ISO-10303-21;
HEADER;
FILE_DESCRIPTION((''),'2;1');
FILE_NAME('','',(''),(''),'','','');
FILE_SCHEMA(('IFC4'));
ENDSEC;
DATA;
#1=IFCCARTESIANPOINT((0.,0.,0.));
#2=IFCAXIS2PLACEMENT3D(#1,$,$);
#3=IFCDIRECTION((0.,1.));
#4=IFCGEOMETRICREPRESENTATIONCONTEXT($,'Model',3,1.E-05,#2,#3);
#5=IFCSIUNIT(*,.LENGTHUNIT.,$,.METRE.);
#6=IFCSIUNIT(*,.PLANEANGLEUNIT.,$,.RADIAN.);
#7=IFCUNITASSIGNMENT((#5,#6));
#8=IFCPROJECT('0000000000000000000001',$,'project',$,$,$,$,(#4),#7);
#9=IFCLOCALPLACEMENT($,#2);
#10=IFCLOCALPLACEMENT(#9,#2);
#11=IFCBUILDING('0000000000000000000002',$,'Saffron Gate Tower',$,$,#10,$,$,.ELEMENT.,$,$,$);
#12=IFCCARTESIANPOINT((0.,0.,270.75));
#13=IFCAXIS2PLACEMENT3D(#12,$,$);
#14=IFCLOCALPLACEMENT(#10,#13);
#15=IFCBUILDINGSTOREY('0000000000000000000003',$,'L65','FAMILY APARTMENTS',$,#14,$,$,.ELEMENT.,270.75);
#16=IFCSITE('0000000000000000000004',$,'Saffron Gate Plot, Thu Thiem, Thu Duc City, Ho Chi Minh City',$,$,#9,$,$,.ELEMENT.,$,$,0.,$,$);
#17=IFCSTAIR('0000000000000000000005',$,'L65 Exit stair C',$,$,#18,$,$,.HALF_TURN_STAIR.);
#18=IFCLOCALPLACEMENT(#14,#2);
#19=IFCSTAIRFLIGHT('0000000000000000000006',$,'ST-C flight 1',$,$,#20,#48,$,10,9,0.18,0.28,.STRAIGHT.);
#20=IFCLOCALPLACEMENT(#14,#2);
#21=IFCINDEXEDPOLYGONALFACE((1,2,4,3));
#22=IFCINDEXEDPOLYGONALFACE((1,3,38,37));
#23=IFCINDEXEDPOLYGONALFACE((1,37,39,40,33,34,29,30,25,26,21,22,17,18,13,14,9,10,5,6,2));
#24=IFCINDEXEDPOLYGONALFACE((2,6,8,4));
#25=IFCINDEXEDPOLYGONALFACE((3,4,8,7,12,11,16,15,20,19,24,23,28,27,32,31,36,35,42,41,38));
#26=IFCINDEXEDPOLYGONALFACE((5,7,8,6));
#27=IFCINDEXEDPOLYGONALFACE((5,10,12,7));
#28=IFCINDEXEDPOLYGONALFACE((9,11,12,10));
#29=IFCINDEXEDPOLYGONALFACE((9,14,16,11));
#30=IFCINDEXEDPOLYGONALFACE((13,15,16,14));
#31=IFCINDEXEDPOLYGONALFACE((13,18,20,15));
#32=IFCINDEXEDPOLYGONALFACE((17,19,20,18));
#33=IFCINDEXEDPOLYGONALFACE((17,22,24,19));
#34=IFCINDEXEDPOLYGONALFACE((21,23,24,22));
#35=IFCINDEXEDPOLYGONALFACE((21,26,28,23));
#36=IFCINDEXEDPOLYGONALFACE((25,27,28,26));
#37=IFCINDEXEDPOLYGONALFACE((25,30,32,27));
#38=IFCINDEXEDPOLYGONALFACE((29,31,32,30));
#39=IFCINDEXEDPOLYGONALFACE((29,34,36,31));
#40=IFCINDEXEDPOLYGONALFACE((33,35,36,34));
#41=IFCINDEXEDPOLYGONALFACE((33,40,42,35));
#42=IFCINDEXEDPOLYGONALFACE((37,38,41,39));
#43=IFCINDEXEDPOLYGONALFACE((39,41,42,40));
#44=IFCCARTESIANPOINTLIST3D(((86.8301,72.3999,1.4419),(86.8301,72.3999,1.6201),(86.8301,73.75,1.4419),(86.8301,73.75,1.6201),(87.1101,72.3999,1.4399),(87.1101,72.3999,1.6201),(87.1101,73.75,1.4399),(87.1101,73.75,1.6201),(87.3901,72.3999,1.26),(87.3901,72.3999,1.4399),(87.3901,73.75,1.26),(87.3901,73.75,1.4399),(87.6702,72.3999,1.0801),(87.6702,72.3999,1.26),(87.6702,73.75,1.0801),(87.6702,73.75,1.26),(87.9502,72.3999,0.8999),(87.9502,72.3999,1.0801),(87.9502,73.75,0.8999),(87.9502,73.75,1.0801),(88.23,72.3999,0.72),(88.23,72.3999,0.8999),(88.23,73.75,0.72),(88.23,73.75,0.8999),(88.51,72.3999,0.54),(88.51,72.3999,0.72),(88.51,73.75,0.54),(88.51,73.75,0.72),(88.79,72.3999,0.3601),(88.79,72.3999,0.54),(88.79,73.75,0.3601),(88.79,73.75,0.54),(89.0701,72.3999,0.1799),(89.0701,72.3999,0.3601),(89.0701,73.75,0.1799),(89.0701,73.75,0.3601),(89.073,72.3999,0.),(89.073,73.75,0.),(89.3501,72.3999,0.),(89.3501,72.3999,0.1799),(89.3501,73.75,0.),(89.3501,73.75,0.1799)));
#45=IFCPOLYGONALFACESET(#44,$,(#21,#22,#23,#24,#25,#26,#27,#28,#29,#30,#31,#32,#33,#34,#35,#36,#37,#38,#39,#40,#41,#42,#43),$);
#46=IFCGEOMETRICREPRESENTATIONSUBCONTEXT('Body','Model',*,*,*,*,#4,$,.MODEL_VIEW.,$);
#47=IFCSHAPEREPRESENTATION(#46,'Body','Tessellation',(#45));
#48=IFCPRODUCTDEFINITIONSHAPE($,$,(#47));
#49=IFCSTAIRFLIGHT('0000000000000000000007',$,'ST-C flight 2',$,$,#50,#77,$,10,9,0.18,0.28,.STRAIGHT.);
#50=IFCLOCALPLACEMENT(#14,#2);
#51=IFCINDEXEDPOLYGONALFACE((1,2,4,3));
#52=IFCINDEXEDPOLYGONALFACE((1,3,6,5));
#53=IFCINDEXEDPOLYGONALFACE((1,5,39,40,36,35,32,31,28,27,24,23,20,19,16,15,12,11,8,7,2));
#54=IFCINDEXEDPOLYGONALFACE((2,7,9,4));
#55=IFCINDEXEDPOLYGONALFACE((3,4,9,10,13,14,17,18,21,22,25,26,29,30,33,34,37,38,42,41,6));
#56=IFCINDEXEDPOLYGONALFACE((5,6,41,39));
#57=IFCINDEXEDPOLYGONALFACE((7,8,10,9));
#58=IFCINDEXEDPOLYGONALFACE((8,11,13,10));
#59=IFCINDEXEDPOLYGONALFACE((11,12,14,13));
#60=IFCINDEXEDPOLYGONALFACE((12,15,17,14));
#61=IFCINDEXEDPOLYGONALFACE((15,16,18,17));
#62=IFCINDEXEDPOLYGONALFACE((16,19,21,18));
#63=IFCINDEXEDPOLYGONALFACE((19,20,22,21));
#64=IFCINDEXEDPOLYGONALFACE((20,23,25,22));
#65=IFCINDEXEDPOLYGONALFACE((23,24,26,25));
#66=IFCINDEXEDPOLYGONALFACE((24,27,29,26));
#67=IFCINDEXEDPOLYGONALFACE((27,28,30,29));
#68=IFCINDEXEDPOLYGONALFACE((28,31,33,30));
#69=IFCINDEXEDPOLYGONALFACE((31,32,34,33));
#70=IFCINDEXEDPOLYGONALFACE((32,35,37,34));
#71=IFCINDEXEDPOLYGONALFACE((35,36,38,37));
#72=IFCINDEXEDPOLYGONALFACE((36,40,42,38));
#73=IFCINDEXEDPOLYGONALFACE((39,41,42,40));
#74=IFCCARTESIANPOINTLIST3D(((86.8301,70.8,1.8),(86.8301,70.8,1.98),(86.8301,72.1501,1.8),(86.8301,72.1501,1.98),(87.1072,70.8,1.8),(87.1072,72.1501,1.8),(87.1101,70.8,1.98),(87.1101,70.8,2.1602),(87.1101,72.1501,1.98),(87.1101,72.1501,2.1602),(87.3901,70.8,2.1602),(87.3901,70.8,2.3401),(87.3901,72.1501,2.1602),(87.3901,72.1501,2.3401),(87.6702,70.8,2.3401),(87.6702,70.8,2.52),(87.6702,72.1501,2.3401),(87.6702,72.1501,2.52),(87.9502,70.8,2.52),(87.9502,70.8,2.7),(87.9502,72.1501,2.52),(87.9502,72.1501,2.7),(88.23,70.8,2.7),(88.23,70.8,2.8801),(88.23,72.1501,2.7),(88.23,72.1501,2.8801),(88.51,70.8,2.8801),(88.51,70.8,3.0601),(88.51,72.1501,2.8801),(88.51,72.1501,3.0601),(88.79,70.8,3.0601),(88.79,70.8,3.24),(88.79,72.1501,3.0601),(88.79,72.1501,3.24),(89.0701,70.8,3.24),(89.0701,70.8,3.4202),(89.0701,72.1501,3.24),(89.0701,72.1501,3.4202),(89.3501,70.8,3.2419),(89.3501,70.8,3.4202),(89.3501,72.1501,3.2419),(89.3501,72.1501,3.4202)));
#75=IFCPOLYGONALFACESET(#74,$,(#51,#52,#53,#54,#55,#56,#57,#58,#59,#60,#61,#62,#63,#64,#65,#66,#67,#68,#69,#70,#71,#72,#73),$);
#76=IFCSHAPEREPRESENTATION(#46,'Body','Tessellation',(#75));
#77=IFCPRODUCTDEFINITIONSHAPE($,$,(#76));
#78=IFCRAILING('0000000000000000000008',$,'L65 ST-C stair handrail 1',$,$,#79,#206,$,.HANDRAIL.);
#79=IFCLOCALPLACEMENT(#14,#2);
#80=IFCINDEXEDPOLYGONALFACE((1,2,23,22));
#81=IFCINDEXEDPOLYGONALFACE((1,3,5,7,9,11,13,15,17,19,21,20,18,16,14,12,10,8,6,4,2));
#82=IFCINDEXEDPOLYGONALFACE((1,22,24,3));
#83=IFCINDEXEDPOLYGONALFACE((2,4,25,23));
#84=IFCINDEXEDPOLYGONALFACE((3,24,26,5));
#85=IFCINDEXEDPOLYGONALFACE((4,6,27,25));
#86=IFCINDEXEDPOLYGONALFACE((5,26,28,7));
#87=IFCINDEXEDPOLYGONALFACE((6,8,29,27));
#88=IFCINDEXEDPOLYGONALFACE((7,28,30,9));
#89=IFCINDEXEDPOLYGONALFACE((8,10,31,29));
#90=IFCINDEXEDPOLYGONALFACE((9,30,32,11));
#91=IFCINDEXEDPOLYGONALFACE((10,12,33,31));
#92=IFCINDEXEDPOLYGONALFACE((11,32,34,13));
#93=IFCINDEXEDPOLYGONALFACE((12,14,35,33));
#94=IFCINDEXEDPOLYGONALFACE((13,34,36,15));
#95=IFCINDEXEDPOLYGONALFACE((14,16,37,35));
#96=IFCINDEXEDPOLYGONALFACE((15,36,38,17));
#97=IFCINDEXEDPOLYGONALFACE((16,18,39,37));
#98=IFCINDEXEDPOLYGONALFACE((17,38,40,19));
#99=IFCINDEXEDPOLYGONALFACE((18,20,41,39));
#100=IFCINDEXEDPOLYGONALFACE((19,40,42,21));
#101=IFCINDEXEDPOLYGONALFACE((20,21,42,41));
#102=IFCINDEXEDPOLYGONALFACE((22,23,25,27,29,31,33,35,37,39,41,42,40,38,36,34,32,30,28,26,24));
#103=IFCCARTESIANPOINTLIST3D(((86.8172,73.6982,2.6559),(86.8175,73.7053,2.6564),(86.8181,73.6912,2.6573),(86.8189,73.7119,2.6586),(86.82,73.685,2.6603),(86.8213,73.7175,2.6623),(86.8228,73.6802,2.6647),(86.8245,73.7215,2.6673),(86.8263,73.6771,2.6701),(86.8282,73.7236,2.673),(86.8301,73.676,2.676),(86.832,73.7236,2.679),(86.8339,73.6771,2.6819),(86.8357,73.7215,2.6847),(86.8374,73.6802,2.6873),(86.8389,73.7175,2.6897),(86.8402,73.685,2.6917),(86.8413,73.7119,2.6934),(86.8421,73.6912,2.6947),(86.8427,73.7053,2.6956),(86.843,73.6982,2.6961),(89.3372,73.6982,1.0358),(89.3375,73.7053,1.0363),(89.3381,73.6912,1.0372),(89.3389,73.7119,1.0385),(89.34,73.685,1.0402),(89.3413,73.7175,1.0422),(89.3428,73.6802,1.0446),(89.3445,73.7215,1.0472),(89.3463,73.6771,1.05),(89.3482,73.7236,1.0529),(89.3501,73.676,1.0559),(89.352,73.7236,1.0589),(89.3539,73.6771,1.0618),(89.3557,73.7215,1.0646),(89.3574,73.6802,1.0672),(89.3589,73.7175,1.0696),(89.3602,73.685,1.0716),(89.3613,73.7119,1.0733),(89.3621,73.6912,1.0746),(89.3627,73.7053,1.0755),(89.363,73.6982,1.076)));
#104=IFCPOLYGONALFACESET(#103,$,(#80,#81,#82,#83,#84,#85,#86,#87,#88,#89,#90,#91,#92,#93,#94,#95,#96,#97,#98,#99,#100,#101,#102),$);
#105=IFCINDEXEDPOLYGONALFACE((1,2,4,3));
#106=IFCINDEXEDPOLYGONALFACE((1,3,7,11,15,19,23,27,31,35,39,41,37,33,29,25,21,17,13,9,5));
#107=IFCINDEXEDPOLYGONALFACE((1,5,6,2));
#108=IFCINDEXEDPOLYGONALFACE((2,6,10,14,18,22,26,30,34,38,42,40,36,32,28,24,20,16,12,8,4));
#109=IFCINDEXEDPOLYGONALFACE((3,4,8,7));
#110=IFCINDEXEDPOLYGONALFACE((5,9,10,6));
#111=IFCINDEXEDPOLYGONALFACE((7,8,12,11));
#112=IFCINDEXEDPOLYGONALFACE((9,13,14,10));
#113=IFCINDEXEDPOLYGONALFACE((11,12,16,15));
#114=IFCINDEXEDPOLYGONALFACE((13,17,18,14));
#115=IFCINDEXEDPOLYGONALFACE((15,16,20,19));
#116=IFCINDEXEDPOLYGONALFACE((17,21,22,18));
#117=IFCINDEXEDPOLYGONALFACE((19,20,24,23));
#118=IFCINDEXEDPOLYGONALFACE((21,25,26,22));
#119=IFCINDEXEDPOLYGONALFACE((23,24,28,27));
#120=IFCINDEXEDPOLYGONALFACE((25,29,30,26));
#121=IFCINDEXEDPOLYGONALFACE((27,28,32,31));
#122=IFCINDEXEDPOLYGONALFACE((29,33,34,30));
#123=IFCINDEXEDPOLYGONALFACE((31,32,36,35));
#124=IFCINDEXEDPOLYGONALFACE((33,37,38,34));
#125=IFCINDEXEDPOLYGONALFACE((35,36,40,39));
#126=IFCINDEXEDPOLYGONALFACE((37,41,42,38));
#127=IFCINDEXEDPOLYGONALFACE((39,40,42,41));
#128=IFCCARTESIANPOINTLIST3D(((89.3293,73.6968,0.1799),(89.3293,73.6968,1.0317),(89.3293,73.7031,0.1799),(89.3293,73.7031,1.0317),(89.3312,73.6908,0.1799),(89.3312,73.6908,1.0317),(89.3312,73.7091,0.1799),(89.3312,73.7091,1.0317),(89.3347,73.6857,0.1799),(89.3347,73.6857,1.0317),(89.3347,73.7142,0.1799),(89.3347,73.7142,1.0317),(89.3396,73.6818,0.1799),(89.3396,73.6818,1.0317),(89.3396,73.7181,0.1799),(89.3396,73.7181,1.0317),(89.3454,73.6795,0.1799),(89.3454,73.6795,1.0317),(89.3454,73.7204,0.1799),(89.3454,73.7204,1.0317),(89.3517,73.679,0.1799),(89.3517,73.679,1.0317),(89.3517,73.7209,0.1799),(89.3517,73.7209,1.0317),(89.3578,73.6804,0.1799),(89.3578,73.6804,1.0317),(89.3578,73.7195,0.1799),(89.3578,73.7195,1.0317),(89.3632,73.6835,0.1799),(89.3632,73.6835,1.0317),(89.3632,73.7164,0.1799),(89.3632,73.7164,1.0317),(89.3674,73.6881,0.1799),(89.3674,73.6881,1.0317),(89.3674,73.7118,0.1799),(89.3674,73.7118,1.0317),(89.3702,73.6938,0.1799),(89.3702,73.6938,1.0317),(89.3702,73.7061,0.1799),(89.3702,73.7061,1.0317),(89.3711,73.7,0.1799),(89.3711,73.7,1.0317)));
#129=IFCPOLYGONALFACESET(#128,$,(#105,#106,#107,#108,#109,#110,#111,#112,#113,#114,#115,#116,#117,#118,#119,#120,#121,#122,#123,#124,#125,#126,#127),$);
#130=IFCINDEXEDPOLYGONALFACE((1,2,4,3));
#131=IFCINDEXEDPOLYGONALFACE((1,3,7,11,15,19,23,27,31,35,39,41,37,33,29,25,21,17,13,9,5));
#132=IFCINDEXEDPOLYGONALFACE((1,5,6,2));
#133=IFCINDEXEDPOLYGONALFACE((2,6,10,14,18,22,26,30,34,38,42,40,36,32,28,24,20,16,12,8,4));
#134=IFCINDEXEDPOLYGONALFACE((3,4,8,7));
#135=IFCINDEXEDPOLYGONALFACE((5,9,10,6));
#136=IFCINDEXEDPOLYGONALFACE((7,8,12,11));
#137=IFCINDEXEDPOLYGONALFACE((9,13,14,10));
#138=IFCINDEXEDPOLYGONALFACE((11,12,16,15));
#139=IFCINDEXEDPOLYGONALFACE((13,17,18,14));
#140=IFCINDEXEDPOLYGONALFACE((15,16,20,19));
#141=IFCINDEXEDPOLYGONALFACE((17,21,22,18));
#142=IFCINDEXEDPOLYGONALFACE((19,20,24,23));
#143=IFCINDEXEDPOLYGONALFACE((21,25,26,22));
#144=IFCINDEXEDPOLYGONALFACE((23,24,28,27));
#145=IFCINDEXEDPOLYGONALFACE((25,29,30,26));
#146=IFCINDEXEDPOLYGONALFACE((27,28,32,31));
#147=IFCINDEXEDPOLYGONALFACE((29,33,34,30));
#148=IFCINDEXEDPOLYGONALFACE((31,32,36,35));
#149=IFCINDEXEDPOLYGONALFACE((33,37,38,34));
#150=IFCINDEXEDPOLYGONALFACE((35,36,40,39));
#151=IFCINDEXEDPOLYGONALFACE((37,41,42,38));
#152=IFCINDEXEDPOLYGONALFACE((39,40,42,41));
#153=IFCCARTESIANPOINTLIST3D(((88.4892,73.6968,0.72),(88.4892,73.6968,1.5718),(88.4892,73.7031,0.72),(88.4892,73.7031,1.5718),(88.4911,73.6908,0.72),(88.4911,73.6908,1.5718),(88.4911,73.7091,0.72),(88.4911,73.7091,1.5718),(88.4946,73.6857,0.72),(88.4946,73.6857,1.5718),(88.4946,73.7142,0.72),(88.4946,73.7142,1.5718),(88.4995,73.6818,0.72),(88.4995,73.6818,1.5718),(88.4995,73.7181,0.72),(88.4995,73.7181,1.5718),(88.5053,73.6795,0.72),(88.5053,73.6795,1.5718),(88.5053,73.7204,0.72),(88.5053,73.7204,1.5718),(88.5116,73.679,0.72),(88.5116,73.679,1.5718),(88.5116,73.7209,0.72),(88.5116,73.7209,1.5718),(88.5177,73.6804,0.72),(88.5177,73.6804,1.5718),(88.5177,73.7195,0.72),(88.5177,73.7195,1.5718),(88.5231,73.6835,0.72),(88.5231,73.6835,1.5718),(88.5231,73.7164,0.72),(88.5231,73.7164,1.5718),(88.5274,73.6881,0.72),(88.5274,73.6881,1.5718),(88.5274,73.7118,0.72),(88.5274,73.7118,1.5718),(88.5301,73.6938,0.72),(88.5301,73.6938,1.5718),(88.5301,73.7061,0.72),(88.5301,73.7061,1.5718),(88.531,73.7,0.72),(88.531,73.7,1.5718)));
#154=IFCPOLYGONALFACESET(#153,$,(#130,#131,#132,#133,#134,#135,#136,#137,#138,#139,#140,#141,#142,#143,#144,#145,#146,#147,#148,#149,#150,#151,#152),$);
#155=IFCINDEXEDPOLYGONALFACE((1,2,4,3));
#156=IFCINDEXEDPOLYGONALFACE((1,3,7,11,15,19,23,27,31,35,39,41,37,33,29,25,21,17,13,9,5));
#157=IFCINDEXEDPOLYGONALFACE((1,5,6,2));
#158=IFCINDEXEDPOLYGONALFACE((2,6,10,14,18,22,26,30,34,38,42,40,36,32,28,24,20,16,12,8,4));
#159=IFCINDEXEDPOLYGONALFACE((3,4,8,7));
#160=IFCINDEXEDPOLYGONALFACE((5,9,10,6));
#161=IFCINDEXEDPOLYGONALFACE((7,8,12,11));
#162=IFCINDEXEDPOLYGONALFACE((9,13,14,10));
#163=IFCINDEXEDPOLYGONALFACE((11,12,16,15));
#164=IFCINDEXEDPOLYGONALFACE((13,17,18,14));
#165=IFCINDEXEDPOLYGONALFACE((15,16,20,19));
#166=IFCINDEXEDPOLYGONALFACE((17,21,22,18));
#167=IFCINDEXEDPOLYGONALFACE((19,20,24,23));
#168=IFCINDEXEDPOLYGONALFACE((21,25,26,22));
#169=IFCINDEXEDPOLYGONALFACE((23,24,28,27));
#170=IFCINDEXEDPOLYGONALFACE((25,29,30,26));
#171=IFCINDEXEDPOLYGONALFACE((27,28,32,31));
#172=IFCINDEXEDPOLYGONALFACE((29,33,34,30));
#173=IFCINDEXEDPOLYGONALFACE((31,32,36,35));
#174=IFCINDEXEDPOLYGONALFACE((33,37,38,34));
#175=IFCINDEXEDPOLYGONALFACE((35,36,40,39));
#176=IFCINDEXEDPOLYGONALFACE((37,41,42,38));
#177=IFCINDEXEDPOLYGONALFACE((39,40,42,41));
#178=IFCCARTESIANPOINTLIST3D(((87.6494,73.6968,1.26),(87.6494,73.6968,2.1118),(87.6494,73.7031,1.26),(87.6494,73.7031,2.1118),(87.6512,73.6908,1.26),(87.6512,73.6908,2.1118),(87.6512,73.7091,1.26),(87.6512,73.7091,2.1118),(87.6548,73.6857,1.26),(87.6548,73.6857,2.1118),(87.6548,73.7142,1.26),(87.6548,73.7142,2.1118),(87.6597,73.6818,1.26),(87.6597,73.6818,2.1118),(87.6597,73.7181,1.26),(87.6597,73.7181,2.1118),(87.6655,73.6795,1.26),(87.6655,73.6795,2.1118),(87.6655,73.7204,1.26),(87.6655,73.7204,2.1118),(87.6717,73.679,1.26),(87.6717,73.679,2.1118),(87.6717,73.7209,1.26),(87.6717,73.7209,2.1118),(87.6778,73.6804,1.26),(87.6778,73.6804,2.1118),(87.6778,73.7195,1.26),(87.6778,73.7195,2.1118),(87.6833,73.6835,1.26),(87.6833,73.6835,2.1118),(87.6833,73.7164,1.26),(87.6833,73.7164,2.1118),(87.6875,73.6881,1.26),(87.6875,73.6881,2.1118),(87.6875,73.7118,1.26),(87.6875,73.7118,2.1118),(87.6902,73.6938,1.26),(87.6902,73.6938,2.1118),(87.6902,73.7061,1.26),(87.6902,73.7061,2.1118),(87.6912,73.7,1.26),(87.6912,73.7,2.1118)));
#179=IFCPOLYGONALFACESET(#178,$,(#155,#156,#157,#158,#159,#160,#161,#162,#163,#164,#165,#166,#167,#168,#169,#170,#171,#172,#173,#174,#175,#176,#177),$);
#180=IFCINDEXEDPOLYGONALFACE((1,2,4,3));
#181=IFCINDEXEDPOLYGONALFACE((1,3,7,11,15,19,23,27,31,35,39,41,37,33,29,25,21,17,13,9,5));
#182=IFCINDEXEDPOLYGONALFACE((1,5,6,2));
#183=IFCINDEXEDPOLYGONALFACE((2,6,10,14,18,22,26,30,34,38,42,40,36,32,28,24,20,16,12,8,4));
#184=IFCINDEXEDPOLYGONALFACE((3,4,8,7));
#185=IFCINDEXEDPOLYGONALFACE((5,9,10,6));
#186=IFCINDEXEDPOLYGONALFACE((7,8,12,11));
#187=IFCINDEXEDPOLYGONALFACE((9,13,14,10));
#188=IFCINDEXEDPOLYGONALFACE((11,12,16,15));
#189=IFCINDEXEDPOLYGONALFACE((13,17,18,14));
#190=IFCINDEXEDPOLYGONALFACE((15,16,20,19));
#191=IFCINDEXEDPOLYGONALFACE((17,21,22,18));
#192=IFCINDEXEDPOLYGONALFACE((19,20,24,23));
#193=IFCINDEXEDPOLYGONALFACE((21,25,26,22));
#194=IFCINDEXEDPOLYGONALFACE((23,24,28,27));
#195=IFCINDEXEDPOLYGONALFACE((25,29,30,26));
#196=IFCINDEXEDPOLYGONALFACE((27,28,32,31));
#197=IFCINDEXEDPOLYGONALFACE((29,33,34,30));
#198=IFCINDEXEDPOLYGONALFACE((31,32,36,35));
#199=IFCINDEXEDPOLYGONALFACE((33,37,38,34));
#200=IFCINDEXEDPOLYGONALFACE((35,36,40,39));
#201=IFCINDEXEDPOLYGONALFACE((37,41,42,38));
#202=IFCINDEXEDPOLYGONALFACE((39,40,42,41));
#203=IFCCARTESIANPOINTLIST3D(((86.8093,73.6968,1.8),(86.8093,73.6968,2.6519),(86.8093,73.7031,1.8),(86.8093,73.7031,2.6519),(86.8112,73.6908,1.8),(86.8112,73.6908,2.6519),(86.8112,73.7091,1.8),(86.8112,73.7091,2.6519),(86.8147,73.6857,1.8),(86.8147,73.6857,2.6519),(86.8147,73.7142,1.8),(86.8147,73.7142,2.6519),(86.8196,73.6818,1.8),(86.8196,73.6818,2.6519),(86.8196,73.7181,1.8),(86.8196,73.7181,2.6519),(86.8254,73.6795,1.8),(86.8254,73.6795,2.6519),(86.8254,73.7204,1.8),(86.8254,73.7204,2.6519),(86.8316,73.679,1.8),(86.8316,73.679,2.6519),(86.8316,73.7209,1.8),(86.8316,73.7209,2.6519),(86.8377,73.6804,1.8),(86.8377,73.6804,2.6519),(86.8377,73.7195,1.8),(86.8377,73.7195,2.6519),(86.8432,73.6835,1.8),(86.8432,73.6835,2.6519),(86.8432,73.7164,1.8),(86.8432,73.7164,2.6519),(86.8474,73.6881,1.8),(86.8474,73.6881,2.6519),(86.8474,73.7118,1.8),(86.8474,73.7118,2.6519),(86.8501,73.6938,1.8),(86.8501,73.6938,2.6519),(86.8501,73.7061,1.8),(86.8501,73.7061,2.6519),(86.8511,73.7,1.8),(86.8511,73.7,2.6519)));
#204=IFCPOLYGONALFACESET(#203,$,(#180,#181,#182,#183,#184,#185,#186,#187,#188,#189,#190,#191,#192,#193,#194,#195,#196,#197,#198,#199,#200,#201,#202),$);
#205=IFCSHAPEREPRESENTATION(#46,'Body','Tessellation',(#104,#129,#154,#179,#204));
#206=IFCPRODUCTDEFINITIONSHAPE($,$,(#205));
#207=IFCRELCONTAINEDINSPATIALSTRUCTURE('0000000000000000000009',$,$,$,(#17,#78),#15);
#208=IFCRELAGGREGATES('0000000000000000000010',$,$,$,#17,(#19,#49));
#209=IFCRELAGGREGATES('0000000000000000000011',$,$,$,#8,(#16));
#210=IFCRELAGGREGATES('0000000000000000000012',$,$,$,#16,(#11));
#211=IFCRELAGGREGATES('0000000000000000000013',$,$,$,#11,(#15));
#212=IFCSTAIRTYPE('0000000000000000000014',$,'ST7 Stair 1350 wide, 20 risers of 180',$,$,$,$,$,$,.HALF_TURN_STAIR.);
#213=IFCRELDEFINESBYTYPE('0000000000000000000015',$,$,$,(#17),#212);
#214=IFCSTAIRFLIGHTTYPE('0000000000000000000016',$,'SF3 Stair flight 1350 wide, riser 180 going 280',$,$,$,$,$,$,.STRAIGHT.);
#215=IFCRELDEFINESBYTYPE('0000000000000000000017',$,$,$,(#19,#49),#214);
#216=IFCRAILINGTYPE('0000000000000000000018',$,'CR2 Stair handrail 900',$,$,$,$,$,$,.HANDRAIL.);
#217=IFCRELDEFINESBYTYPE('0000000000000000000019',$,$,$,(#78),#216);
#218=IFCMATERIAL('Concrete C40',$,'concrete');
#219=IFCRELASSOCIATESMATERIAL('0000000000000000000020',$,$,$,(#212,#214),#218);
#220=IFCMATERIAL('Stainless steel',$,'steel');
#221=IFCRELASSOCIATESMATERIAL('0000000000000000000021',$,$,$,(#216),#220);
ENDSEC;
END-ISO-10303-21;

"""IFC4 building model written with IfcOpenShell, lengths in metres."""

from ifc_helpers import new_model, si_unit, direction, frame, origin, origin_2d, place, context, subcontext, project, spatial, polyline, circle, outline, extrude, material, type_object, element, aggregate, save


model = new_model("IFC4")

# Units and contexts
model_context = context("Model", 3, precision=1e-05, world=origin(), true_north=direction((0.0, 1.0)))
body_context = subcontext(model_context, "Body", "Model", "MODEL_VIEW")
ifc_project = project(units=[si_unit("LENGTHUNIT", "METRE"), si_unit("PLANEANGLEUNIT", "RADIAN")], contexts=[model_context])

# Site, building, storey
site_placement = place(None, origin())
site = spatial("IfcSite", under=ifc_project, at=site_placement, Name="Saffron Gate Plot, Thu Thiem, Thu Duc City, Ho Chi Minh City", CompositionType="ELEMENT", RefElevation=0.0)
building_placement = place(site_placement, origin())
building = spatial("IfcBuilding", under=site, at=building_placement, Name="Saffron Gate Tower", CompositionType="ELEMENT")
storey_placement = place(building_placement, frame((0.0, 0.0, 270.75)))
storey = spatial("IfcBuildingStorey", under=building, at=storey_placement, Name="L65", Description="FAMILY APARTMENTS", CompositionType="ELEMENT", Elevation=270.75)

# Stair, stair flights
ifc_material_1 = material(Name="Concrete C40", Category="concrete")
stair_type = type_object("IfcStairType", Name="ST7 Stair 1350 wide, 20 risers of 180", PredefinedType="HALF_TURN_STAIR", material=ifc_material_1)
stair_placement = place(storey_placement, origin())
stair = element("IfcStair", 1, at=stair_placement, inside=storey, type_object=stair_type, Name="L65 Exit stair C", PredefinedType="HALF_TURN_STAIR")
stair_flight_type = type_object("IfcStairFlightType", Name="SF3 Stair flight 1350 wide, riser 180 going 280", PredefinedType="STRAIGHT", material=ifc_material_1)
stair_flight_1_placement = place(storey_placement, frame((89.3501, 73.075, 0.0), z_axis=(0.0, 0.0, 1.0), x_axis=(-1.0, 0.0, 0.0)))
stair_flight_1 = element("IfcStairFlight", 2, at=stair_flight_1_placement, type_object=stair_flight_type, Name="ST-C flight 1", NumberOfRisers=10, NumberOfTreads=9, PredefinedType="STRAIGHT", RiserHeight=0.18, TreadLength=0.28, context=body_context, shape_type="SweptSolid", body=[
    extrude(outline(polyline([(0.0, 0.0), (0.0, 0.1799), (0.28, 0.1799), (0.28, 0.3601), (0.5601, 0.3601), (0.5601, 0.54), (0.8401, 0.54), (0.8401, 0.72), (1.1201, 0.72), (1.1201, 0.8999), (1.3999, 0.8999), (1.3999, 1.0801), (1.6799, 1.0801), (1.6799, 1.26), (1.96, 1.26), (1.96, 1.4399), (2.24, 1.4399), (2.24, 1.6201), (2.52, 1.6201), (2.52, 1.8), (2.52, 1.4419), (0.2771, 0.0), (0.0, 0.0)])), frame((0.0, 0.675, 0.0), z_axis=(0.0, -1.0, 0.0), x_axis=(1.0, 0.0, 0.0)), (0.0, 0.0, 1.0), 1.3501),
])
stair_flight_2_placement = place(storey_placement, frame((86.8301, 71.4751, 1.8), z_axis=(0.0, 0.0, 1.0), x_axis=(1.0, 0.0, 0.0)))
stair_flight_2 = element("IfcStairFlight", 3, at=stair_flight_2_placement, type_object=stair_flight_type, Name="ST-C flight 2", NumberOfRisers=10, NumberOfTreads=9, PredefinedType="STRAIGHT", RiserHeight=0.18, TreadLength=0.28, context=body_context, shape_type="SweptSolid", body=[
    extrude(outline(polyline([(0.0, 0.0), (0.0, 0.1799), (0.28, 0.1799), (0.28, 0.3601), (0.5601, 0.3601), (0.5601, 0.54), (0.8401, 0.54), (0.8401, 0.72), (1.1201, 0.72), (1.1201, 0.8999), (1.3999, 0.8999), (1.3999, 1.0801), (1.6799, 1.0801), (1.6799, 1.26), (1.96, 1.26), (1.96, 1.4399), (2.24, 1.4399), (2.24, 1.6201), (2.52, 1.6201), (2.52, 1.8), (2.52, 1.4419), (0.2771, 0.0), (0.0, 0.0)])), frame((0.0, 0.675, 0.0), z_axis=(0.0, -1.0, 0.0), x_axis=(1.0, 0.0, 0.0)), (0.0, 0.0, 1.0), 1.3501),
])
aggregate(stair, [stair_flight_1, stair_flight_2])

# Railing
ifc_material_2 = material(Name="Stainless steel", Category="steel")
railing_type_1 = type_object("IfcRailingType", Name="CR2 Stair handrail 900", PredefinedType="HANDRAIL", material=ifc_material_2)
railing_1_placement = place(storey_placement, frame((89.3501, 73.7, 0.1799)))
element("IfcRailing", 4, at=railing_1_placement, inside=storey, type_object=railing_type_1, Name="L65 ST-C stair handrail 1", PredefinedType="HANDRAIL", context=body_context, shape_type="SweptSolid", body=[
    extrude(circle(Radius=0.0239, at=origin_2d()), frame((0.0, 0.0, 0.876), z_axis=(-0.841163, 0.0, 0.540782), x_axis=(0.0, -1.0, 0.0)), (0.0, 0.0, 1.0), 2.9958),
    extrude(circle(Radius=0.021, at=origin_2d()), origin(), (0.0, 0.0, 1.0), 0.8518),
    extrude(circle(Radius=0.021, at=origin_2d()), frame((-0.8401, 0.0, 0.54)), (0.0, 0.0, 1.0), 0.8518),
    extrude(circle(Radius=0.021, at=origin_2d()), frame((-1.6799, 0.0, 1.0801)), (0.0, 0.0, 1.0), 0.8518),
    extrude(circle(Radius=0.021, at=origin_2d()), frame((-2.52, 0.0, 1.6201)), (0.0, 0.0, 1.0), 0.8518),
])

save(model, "model.ifc")
